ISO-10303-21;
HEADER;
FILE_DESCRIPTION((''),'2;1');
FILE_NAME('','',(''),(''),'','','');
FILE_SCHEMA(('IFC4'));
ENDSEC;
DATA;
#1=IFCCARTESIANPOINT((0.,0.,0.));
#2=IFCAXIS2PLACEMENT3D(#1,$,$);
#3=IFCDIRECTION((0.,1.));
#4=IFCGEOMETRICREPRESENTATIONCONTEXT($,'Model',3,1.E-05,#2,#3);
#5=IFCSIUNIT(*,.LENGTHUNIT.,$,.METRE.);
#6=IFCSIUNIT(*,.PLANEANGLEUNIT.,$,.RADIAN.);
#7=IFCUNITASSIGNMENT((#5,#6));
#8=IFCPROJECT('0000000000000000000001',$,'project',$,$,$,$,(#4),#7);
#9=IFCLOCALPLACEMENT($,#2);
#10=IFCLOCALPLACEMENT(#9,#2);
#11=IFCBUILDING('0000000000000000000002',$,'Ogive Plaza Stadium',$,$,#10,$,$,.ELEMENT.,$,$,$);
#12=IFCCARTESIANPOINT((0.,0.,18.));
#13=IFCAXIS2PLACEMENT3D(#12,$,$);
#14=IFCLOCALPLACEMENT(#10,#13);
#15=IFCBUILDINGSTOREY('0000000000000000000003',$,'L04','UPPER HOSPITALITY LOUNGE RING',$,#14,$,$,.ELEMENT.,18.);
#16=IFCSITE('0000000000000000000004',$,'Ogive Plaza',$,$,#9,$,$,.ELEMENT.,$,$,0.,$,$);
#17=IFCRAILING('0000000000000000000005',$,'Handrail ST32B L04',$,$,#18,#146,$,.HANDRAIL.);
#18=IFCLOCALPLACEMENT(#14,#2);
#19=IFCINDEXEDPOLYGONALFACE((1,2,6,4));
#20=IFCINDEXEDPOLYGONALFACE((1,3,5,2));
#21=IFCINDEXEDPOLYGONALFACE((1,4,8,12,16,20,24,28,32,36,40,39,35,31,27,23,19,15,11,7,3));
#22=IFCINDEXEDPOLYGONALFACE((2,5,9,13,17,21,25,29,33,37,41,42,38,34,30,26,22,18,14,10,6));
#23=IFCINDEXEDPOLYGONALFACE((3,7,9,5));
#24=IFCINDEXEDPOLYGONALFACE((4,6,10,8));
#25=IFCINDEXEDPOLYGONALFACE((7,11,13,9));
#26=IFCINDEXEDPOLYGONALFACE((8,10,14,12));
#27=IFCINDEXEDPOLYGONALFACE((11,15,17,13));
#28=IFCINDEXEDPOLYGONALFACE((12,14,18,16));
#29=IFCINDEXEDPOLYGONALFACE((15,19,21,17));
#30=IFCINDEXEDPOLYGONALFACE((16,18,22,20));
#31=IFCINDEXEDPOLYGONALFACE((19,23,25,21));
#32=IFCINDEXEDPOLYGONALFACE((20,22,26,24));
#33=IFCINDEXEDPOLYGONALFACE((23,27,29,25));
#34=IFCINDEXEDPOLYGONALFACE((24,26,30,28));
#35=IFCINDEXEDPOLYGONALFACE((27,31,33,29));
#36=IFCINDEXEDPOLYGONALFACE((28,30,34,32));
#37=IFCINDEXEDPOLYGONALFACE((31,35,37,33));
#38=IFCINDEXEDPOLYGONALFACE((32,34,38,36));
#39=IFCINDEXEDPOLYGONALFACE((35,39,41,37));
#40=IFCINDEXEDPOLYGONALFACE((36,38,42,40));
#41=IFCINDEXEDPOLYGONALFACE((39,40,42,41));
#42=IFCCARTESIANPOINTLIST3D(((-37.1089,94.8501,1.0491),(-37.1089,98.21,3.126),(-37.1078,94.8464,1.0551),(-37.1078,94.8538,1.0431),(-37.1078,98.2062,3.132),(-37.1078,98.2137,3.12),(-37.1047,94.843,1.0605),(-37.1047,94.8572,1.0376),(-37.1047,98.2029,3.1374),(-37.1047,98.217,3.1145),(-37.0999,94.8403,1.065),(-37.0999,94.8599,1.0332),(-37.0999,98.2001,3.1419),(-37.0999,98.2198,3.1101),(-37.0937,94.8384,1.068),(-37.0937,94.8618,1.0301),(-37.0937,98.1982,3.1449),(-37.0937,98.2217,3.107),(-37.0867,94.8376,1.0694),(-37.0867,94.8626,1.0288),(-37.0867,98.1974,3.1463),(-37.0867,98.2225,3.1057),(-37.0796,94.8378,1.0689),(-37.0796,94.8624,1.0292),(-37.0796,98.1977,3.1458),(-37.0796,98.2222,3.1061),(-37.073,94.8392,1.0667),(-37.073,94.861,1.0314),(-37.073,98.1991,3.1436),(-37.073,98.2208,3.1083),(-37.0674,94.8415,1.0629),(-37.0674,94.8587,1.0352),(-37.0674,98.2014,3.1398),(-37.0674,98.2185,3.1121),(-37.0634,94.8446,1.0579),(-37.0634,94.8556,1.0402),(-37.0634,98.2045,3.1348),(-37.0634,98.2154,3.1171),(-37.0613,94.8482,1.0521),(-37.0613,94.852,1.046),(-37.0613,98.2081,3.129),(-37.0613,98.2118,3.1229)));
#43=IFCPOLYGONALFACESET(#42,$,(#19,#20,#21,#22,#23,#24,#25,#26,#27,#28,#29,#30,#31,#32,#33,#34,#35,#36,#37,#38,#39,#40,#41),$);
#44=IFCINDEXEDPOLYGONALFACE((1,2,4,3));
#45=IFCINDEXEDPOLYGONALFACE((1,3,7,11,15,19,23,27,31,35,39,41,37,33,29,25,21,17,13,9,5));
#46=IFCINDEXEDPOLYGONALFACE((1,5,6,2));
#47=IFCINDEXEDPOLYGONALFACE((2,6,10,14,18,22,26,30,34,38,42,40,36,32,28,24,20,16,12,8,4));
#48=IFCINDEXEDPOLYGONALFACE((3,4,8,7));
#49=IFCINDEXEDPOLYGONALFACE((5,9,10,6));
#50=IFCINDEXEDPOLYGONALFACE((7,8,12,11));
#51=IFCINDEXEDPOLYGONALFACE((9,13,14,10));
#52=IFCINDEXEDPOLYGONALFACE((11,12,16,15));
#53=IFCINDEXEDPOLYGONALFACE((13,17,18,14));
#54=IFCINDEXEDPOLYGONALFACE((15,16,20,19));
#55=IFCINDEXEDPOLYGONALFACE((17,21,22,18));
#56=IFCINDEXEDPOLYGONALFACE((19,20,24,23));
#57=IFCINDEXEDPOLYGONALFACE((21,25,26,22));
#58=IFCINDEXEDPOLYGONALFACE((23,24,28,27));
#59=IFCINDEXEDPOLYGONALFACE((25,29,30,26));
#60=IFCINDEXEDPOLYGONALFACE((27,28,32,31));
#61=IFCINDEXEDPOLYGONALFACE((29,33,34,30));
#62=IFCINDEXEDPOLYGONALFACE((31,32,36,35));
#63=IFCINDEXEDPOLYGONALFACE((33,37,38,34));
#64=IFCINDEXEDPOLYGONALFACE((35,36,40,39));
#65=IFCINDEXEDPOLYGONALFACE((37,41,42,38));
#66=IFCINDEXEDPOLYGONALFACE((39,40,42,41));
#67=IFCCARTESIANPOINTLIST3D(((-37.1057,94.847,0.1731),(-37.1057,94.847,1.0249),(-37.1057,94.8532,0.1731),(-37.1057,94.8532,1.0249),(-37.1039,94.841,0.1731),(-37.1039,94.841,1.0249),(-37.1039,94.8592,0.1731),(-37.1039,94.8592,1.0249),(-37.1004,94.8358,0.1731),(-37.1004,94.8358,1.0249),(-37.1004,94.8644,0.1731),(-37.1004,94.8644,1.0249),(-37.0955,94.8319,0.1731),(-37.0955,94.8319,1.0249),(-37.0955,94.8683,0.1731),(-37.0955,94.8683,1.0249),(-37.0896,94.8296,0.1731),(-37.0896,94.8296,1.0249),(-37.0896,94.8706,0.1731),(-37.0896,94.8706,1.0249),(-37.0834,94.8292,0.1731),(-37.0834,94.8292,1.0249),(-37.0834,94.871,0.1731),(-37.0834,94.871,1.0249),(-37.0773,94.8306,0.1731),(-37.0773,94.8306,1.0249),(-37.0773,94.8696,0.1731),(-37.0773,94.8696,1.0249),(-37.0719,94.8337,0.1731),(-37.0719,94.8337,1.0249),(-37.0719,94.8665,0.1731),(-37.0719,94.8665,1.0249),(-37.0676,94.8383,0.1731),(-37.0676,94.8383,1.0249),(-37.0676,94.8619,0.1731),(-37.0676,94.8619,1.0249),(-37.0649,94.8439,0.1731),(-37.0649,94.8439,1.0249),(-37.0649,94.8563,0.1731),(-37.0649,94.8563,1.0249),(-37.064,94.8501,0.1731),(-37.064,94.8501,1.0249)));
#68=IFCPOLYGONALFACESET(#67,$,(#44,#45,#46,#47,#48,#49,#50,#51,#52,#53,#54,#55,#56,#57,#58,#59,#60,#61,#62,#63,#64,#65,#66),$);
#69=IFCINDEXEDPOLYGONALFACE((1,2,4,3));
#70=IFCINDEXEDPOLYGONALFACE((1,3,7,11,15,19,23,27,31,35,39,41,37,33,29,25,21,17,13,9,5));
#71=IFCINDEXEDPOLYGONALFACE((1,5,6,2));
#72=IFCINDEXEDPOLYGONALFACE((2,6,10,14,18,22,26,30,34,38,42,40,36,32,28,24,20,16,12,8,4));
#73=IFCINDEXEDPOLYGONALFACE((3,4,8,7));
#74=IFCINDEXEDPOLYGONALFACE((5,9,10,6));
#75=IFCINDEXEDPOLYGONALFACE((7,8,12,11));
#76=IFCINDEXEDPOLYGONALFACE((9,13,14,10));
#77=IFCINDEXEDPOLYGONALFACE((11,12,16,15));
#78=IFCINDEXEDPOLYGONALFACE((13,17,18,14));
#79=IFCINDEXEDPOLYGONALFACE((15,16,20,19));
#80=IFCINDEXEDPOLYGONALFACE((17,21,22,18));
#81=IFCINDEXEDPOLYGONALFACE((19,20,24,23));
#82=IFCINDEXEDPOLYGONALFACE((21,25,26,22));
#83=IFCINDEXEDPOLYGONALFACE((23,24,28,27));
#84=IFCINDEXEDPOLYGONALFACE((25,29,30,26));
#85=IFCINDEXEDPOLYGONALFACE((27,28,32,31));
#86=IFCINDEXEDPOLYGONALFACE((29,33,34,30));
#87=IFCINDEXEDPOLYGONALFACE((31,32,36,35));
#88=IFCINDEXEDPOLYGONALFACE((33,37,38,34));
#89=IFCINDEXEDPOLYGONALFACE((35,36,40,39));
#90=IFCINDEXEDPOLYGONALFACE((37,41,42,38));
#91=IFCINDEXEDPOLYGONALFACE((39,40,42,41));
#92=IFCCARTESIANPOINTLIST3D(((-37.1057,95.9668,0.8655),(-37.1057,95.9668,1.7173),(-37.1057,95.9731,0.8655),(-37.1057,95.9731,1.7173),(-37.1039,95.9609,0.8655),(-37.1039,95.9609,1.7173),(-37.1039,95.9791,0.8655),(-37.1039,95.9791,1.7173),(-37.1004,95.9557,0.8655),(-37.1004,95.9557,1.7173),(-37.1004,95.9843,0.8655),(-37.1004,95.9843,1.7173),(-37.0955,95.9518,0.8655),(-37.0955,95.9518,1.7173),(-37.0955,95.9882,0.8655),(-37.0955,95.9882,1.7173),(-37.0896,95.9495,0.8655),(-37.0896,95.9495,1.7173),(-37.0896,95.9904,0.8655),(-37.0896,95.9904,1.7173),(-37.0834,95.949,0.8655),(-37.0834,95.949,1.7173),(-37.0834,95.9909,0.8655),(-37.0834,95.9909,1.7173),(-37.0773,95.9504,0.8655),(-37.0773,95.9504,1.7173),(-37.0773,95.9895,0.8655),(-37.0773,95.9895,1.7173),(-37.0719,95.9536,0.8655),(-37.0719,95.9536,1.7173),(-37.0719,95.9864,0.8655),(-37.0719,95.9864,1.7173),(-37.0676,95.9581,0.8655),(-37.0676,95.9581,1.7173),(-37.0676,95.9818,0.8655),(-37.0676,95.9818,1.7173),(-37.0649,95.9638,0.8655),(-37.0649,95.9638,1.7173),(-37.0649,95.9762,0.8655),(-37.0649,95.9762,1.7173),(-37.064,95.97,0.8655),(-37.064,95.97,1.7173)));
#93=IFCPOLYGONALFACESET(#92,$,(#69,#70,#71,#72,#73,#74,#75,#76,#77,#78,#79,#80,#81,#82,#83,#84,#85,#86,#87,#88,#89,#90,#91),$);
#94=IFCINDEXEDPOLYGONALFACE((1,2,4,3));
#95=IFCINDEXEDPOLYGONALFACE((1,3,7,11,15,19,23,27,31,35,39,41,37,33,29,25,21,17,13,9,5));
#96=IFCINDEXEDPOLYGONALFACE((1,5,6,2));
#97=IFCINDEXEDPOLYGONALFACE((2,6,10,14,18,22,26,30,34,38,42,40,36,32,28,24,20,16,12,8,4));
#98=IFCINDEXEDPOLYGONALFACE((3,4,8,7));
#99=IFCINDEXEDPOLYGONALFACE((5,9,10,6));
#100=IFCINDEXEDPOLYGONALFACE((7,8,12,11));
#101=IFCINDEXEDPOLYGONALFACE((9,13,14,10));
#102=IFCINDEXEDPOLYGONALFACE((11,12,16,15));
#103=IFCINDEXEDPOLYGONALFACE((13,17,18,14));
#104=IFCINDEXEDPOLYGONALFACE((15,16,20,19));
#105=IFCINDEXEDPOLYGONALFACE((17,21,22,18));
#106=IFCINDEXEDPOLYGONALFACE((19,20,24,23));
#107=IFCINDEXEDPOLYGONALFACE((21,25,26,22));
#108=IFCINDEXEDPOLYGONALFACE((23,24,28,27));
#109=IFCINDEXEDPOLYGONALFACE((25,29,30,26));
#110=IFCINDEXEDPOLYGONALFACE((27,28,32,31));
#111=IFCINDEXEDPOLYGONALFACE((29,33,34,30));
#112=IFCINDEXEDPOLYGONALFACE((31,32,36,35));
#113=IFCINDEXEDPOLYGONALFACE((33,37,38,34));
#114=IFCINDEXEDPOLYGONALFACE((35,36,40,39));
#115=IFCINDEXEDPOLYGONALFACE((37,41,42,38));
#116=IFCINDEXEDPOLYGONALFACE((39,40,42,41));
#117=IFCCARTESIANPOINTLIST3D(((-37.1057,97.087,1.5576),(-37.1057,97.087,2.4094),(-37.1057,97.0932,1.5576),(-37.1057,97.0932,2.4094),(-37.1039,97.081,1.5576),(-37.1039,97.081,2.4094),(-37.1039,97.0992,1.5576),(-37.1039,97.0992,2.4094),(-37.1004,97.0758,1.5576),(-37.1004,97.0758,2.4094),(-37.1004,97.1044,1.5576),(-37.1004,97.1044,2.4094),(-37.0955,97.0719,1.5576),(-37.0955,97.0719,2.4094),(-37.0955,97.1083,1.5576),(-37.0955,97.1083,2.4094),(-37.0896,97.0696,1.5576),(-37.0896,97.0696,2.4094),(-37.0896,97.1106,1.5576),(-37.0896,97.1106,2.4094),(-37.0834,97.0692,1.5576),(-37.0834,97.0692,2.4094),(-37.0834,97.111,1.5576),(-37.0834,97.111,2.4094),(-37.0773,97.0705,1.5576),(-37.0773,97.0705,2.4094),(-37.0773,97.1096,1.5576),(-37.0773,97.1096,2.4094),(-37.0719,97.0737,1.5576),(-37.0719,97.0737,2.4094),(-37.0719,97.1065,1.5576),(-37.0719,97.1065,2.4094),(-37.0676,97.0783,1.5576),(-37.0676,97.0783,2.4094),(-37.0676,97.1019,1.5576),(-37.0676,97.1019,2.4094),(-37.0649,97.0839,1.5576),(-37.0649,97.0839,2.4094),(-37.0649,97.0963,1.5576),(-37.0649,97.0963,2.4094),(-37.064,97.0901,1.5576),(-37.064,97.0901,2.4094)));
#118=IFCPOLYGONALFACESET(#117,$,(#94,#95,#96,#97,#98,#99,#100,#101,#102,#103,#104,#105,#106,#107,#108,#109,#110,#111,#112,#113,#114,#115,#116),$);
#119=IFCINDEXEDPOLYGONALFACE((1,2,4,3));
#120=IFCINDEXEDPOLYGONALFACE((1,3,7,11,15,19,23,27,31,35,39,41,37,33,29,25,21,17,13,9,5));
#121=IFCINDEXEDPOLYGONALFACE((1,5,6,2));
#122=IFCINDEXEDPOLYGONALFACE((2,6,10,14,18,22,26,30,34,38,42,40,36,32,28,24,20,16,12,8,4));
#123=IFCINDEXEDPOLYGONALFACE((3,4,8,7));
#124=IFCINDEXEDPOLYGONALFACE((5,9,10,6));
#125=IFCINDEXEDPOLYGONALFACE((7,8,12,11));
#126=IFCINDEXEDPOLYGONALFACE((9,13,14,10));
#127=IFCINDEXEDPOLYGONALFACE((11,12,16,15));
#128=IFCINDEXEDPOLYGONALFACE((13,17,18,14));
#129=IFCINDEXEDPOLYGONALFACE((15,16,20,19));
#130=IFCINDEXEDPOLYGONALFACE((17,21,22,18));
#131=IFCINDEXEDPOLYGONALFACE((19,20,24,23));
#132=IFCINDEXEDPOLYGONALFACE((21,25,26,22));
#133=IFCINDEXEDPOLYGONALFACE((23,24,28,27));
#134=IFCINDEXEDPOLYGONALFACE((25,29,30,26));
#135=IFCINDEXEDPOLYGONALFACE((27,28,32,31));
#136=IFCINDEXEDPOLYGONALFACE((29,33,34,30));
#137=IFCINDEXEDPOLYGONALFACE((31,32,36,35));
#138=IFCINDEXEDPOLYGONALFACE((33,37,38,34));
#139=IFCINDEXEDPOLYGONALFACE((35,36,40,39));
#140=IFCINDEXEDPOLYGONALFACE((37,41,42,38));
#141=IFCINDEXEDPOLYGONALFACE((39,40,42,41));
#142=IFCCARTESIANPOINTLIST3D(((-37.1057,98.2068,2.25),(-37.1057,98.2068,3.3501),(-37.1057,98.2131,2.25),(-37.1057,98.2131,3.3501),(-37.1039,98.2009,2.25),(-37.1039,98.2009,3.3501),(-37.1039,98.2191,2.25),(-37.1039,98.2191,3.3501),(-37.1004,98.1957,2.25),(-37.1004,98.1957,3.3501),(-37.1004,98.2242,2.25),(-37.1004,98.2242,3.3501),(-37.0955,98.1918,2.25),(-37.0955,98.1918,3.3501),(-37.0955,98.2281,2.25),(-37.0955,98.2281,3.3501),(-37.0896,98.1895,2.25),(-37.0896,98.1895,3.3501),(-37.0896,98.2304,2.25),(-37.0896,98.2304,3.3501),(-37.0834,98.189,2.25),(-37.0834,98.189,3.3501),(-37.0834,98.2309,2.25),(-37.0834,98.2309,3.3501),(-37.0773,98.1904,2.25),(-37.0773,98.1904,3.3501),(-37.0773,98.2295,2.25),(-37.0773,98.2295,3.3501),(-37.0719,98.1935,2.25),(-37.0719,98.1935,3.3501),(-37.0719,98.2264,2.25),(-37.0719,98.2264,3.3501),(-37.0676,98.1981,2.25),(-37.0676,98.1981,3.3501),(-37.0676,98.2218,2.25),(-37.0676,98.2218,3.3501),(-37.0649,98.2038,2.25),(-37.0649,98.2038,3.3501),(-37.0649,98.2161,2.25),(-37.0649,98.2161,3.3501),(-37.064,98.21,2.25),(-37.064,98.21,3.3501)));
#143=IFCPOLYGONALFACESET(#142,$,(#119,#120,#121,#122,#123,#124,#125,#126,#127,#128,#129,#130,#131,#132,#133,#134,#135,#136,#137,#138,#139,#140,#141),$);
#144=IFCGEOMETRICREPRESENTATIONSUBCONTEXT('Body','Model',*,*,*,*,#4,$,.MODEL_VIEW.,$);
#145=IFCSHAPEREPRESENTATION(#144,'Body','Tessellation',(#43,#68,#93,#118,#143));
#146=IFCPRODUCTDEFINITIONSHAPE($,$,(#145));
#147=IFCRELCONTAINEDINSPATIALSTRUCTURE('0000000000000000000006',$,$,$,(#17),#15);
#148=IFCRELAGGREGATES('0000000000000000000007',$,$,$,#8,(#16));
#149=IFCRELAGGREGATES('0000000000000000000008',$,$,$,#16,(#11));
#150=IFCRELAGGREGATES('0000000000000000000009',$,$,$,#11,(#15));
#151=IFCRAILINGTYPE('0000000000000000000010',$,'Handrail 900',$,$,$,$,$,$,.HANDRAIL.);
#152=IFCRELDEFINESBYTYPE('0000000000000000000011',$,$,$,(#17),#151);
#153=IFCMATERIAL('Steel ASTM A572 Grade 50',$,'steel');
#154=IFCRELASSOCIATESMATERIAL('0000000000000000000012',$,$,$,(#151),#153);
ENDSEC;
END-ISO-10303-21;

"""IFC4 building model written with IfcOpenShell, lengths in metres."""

from ifc_helpers import new_model, si_unit, direction, frame, origin, origin_2d, place, context, subcontext, project, spatial, circle, extrude, material, type_object, element, save


model = new_model("IFC4")

# Units and contexts
model_context = context("Model", 3, precision=1e-05, world=origin(), true_north=direction((0.0, 1.0)))
body_context = subcontext(model_context, "Body", "Model", "MODEL_VIEW")
ifc_project = project(units=[si_unit("LENGTHUNIT", "METRE"), si_unit("PLANEANGLEUNIT", "RADIAN")], contexts=[model_context])

# Site, building, storey
site_placement = place(None, origin())
site = spatial("IfcSite", under=ifc_project, at=site_placement, Name="Ogive Plaza", CompositionType="ELEMENT", RefElevation=0.0)
building_placement = place(site_placement, origin())
building = spatial("IfcBuilding", under=site, at=building_placement, Name="Ogive Plaza Stadium", CompositionType="ELEMENT")
storey_placement = place(building_placement, frame((0.0, 0.0, 18.0)))
storey = spatial("IfcBuildingStorey", under=building, at=storey_placement, Name="L04", Description="UPPER HOSPITALITY LOUNGE RING", CompositionType="ELEMENT", Elevation=18.0)

# Railing
ifc_material_1 = material(Name="Steel ASTM A572 Grade 50", Category="steel")
railing_type_1 = type_object("IfcRailingType", Name="Handrail 900", PredefinedType="HANDRAIL", material=ifc_material_1)
for number, where, name in (
    (1, (-37.085, 94.8501, 0.1731), "Handrail ST32B L04"),
):
    element("IfcRailing", number, at=place(storey_placement, frame(where)), inside=storey, type_object=railing_type_1, Name=name, PredefinedType="HANDRAIL", context=body_context, shape_type="SweptSolid", body=[
        extrude(circle(Radius=0.0239, at=origin_2d()), frame((0.0, 0.0, 0.876), z_axis=(0.0, 0.850606, 0.525803), x_axis=(-1.0, 0.0, 0.0)), (0.0, 0.0, 1.0), 3.95),
        extrude(circle(Radius=0.021, at=origin_2d()), origin(), (0.0, 0.0, 1.0), 0.8518),
        extrude(circle(Radius=0.021, at=origin_2d()), frame((0.0, 1.1199, 0.6924)), (0.0, 0.0, 1.0), 0.8518),
        extrude(circle(Radius=0.021, at=origin_2d()), frame((0.0, 2.24, 1.3845)), (0.0, 0.0, 1.0), 0.8518),
        extrude(circle(Radius=0.021, at=origin_2d()), frame((0.0, 3.3599, 2.0769)), (0.0, 0.0, 1.0), 1.1001),
    ])

save(model, "model.ifc")
